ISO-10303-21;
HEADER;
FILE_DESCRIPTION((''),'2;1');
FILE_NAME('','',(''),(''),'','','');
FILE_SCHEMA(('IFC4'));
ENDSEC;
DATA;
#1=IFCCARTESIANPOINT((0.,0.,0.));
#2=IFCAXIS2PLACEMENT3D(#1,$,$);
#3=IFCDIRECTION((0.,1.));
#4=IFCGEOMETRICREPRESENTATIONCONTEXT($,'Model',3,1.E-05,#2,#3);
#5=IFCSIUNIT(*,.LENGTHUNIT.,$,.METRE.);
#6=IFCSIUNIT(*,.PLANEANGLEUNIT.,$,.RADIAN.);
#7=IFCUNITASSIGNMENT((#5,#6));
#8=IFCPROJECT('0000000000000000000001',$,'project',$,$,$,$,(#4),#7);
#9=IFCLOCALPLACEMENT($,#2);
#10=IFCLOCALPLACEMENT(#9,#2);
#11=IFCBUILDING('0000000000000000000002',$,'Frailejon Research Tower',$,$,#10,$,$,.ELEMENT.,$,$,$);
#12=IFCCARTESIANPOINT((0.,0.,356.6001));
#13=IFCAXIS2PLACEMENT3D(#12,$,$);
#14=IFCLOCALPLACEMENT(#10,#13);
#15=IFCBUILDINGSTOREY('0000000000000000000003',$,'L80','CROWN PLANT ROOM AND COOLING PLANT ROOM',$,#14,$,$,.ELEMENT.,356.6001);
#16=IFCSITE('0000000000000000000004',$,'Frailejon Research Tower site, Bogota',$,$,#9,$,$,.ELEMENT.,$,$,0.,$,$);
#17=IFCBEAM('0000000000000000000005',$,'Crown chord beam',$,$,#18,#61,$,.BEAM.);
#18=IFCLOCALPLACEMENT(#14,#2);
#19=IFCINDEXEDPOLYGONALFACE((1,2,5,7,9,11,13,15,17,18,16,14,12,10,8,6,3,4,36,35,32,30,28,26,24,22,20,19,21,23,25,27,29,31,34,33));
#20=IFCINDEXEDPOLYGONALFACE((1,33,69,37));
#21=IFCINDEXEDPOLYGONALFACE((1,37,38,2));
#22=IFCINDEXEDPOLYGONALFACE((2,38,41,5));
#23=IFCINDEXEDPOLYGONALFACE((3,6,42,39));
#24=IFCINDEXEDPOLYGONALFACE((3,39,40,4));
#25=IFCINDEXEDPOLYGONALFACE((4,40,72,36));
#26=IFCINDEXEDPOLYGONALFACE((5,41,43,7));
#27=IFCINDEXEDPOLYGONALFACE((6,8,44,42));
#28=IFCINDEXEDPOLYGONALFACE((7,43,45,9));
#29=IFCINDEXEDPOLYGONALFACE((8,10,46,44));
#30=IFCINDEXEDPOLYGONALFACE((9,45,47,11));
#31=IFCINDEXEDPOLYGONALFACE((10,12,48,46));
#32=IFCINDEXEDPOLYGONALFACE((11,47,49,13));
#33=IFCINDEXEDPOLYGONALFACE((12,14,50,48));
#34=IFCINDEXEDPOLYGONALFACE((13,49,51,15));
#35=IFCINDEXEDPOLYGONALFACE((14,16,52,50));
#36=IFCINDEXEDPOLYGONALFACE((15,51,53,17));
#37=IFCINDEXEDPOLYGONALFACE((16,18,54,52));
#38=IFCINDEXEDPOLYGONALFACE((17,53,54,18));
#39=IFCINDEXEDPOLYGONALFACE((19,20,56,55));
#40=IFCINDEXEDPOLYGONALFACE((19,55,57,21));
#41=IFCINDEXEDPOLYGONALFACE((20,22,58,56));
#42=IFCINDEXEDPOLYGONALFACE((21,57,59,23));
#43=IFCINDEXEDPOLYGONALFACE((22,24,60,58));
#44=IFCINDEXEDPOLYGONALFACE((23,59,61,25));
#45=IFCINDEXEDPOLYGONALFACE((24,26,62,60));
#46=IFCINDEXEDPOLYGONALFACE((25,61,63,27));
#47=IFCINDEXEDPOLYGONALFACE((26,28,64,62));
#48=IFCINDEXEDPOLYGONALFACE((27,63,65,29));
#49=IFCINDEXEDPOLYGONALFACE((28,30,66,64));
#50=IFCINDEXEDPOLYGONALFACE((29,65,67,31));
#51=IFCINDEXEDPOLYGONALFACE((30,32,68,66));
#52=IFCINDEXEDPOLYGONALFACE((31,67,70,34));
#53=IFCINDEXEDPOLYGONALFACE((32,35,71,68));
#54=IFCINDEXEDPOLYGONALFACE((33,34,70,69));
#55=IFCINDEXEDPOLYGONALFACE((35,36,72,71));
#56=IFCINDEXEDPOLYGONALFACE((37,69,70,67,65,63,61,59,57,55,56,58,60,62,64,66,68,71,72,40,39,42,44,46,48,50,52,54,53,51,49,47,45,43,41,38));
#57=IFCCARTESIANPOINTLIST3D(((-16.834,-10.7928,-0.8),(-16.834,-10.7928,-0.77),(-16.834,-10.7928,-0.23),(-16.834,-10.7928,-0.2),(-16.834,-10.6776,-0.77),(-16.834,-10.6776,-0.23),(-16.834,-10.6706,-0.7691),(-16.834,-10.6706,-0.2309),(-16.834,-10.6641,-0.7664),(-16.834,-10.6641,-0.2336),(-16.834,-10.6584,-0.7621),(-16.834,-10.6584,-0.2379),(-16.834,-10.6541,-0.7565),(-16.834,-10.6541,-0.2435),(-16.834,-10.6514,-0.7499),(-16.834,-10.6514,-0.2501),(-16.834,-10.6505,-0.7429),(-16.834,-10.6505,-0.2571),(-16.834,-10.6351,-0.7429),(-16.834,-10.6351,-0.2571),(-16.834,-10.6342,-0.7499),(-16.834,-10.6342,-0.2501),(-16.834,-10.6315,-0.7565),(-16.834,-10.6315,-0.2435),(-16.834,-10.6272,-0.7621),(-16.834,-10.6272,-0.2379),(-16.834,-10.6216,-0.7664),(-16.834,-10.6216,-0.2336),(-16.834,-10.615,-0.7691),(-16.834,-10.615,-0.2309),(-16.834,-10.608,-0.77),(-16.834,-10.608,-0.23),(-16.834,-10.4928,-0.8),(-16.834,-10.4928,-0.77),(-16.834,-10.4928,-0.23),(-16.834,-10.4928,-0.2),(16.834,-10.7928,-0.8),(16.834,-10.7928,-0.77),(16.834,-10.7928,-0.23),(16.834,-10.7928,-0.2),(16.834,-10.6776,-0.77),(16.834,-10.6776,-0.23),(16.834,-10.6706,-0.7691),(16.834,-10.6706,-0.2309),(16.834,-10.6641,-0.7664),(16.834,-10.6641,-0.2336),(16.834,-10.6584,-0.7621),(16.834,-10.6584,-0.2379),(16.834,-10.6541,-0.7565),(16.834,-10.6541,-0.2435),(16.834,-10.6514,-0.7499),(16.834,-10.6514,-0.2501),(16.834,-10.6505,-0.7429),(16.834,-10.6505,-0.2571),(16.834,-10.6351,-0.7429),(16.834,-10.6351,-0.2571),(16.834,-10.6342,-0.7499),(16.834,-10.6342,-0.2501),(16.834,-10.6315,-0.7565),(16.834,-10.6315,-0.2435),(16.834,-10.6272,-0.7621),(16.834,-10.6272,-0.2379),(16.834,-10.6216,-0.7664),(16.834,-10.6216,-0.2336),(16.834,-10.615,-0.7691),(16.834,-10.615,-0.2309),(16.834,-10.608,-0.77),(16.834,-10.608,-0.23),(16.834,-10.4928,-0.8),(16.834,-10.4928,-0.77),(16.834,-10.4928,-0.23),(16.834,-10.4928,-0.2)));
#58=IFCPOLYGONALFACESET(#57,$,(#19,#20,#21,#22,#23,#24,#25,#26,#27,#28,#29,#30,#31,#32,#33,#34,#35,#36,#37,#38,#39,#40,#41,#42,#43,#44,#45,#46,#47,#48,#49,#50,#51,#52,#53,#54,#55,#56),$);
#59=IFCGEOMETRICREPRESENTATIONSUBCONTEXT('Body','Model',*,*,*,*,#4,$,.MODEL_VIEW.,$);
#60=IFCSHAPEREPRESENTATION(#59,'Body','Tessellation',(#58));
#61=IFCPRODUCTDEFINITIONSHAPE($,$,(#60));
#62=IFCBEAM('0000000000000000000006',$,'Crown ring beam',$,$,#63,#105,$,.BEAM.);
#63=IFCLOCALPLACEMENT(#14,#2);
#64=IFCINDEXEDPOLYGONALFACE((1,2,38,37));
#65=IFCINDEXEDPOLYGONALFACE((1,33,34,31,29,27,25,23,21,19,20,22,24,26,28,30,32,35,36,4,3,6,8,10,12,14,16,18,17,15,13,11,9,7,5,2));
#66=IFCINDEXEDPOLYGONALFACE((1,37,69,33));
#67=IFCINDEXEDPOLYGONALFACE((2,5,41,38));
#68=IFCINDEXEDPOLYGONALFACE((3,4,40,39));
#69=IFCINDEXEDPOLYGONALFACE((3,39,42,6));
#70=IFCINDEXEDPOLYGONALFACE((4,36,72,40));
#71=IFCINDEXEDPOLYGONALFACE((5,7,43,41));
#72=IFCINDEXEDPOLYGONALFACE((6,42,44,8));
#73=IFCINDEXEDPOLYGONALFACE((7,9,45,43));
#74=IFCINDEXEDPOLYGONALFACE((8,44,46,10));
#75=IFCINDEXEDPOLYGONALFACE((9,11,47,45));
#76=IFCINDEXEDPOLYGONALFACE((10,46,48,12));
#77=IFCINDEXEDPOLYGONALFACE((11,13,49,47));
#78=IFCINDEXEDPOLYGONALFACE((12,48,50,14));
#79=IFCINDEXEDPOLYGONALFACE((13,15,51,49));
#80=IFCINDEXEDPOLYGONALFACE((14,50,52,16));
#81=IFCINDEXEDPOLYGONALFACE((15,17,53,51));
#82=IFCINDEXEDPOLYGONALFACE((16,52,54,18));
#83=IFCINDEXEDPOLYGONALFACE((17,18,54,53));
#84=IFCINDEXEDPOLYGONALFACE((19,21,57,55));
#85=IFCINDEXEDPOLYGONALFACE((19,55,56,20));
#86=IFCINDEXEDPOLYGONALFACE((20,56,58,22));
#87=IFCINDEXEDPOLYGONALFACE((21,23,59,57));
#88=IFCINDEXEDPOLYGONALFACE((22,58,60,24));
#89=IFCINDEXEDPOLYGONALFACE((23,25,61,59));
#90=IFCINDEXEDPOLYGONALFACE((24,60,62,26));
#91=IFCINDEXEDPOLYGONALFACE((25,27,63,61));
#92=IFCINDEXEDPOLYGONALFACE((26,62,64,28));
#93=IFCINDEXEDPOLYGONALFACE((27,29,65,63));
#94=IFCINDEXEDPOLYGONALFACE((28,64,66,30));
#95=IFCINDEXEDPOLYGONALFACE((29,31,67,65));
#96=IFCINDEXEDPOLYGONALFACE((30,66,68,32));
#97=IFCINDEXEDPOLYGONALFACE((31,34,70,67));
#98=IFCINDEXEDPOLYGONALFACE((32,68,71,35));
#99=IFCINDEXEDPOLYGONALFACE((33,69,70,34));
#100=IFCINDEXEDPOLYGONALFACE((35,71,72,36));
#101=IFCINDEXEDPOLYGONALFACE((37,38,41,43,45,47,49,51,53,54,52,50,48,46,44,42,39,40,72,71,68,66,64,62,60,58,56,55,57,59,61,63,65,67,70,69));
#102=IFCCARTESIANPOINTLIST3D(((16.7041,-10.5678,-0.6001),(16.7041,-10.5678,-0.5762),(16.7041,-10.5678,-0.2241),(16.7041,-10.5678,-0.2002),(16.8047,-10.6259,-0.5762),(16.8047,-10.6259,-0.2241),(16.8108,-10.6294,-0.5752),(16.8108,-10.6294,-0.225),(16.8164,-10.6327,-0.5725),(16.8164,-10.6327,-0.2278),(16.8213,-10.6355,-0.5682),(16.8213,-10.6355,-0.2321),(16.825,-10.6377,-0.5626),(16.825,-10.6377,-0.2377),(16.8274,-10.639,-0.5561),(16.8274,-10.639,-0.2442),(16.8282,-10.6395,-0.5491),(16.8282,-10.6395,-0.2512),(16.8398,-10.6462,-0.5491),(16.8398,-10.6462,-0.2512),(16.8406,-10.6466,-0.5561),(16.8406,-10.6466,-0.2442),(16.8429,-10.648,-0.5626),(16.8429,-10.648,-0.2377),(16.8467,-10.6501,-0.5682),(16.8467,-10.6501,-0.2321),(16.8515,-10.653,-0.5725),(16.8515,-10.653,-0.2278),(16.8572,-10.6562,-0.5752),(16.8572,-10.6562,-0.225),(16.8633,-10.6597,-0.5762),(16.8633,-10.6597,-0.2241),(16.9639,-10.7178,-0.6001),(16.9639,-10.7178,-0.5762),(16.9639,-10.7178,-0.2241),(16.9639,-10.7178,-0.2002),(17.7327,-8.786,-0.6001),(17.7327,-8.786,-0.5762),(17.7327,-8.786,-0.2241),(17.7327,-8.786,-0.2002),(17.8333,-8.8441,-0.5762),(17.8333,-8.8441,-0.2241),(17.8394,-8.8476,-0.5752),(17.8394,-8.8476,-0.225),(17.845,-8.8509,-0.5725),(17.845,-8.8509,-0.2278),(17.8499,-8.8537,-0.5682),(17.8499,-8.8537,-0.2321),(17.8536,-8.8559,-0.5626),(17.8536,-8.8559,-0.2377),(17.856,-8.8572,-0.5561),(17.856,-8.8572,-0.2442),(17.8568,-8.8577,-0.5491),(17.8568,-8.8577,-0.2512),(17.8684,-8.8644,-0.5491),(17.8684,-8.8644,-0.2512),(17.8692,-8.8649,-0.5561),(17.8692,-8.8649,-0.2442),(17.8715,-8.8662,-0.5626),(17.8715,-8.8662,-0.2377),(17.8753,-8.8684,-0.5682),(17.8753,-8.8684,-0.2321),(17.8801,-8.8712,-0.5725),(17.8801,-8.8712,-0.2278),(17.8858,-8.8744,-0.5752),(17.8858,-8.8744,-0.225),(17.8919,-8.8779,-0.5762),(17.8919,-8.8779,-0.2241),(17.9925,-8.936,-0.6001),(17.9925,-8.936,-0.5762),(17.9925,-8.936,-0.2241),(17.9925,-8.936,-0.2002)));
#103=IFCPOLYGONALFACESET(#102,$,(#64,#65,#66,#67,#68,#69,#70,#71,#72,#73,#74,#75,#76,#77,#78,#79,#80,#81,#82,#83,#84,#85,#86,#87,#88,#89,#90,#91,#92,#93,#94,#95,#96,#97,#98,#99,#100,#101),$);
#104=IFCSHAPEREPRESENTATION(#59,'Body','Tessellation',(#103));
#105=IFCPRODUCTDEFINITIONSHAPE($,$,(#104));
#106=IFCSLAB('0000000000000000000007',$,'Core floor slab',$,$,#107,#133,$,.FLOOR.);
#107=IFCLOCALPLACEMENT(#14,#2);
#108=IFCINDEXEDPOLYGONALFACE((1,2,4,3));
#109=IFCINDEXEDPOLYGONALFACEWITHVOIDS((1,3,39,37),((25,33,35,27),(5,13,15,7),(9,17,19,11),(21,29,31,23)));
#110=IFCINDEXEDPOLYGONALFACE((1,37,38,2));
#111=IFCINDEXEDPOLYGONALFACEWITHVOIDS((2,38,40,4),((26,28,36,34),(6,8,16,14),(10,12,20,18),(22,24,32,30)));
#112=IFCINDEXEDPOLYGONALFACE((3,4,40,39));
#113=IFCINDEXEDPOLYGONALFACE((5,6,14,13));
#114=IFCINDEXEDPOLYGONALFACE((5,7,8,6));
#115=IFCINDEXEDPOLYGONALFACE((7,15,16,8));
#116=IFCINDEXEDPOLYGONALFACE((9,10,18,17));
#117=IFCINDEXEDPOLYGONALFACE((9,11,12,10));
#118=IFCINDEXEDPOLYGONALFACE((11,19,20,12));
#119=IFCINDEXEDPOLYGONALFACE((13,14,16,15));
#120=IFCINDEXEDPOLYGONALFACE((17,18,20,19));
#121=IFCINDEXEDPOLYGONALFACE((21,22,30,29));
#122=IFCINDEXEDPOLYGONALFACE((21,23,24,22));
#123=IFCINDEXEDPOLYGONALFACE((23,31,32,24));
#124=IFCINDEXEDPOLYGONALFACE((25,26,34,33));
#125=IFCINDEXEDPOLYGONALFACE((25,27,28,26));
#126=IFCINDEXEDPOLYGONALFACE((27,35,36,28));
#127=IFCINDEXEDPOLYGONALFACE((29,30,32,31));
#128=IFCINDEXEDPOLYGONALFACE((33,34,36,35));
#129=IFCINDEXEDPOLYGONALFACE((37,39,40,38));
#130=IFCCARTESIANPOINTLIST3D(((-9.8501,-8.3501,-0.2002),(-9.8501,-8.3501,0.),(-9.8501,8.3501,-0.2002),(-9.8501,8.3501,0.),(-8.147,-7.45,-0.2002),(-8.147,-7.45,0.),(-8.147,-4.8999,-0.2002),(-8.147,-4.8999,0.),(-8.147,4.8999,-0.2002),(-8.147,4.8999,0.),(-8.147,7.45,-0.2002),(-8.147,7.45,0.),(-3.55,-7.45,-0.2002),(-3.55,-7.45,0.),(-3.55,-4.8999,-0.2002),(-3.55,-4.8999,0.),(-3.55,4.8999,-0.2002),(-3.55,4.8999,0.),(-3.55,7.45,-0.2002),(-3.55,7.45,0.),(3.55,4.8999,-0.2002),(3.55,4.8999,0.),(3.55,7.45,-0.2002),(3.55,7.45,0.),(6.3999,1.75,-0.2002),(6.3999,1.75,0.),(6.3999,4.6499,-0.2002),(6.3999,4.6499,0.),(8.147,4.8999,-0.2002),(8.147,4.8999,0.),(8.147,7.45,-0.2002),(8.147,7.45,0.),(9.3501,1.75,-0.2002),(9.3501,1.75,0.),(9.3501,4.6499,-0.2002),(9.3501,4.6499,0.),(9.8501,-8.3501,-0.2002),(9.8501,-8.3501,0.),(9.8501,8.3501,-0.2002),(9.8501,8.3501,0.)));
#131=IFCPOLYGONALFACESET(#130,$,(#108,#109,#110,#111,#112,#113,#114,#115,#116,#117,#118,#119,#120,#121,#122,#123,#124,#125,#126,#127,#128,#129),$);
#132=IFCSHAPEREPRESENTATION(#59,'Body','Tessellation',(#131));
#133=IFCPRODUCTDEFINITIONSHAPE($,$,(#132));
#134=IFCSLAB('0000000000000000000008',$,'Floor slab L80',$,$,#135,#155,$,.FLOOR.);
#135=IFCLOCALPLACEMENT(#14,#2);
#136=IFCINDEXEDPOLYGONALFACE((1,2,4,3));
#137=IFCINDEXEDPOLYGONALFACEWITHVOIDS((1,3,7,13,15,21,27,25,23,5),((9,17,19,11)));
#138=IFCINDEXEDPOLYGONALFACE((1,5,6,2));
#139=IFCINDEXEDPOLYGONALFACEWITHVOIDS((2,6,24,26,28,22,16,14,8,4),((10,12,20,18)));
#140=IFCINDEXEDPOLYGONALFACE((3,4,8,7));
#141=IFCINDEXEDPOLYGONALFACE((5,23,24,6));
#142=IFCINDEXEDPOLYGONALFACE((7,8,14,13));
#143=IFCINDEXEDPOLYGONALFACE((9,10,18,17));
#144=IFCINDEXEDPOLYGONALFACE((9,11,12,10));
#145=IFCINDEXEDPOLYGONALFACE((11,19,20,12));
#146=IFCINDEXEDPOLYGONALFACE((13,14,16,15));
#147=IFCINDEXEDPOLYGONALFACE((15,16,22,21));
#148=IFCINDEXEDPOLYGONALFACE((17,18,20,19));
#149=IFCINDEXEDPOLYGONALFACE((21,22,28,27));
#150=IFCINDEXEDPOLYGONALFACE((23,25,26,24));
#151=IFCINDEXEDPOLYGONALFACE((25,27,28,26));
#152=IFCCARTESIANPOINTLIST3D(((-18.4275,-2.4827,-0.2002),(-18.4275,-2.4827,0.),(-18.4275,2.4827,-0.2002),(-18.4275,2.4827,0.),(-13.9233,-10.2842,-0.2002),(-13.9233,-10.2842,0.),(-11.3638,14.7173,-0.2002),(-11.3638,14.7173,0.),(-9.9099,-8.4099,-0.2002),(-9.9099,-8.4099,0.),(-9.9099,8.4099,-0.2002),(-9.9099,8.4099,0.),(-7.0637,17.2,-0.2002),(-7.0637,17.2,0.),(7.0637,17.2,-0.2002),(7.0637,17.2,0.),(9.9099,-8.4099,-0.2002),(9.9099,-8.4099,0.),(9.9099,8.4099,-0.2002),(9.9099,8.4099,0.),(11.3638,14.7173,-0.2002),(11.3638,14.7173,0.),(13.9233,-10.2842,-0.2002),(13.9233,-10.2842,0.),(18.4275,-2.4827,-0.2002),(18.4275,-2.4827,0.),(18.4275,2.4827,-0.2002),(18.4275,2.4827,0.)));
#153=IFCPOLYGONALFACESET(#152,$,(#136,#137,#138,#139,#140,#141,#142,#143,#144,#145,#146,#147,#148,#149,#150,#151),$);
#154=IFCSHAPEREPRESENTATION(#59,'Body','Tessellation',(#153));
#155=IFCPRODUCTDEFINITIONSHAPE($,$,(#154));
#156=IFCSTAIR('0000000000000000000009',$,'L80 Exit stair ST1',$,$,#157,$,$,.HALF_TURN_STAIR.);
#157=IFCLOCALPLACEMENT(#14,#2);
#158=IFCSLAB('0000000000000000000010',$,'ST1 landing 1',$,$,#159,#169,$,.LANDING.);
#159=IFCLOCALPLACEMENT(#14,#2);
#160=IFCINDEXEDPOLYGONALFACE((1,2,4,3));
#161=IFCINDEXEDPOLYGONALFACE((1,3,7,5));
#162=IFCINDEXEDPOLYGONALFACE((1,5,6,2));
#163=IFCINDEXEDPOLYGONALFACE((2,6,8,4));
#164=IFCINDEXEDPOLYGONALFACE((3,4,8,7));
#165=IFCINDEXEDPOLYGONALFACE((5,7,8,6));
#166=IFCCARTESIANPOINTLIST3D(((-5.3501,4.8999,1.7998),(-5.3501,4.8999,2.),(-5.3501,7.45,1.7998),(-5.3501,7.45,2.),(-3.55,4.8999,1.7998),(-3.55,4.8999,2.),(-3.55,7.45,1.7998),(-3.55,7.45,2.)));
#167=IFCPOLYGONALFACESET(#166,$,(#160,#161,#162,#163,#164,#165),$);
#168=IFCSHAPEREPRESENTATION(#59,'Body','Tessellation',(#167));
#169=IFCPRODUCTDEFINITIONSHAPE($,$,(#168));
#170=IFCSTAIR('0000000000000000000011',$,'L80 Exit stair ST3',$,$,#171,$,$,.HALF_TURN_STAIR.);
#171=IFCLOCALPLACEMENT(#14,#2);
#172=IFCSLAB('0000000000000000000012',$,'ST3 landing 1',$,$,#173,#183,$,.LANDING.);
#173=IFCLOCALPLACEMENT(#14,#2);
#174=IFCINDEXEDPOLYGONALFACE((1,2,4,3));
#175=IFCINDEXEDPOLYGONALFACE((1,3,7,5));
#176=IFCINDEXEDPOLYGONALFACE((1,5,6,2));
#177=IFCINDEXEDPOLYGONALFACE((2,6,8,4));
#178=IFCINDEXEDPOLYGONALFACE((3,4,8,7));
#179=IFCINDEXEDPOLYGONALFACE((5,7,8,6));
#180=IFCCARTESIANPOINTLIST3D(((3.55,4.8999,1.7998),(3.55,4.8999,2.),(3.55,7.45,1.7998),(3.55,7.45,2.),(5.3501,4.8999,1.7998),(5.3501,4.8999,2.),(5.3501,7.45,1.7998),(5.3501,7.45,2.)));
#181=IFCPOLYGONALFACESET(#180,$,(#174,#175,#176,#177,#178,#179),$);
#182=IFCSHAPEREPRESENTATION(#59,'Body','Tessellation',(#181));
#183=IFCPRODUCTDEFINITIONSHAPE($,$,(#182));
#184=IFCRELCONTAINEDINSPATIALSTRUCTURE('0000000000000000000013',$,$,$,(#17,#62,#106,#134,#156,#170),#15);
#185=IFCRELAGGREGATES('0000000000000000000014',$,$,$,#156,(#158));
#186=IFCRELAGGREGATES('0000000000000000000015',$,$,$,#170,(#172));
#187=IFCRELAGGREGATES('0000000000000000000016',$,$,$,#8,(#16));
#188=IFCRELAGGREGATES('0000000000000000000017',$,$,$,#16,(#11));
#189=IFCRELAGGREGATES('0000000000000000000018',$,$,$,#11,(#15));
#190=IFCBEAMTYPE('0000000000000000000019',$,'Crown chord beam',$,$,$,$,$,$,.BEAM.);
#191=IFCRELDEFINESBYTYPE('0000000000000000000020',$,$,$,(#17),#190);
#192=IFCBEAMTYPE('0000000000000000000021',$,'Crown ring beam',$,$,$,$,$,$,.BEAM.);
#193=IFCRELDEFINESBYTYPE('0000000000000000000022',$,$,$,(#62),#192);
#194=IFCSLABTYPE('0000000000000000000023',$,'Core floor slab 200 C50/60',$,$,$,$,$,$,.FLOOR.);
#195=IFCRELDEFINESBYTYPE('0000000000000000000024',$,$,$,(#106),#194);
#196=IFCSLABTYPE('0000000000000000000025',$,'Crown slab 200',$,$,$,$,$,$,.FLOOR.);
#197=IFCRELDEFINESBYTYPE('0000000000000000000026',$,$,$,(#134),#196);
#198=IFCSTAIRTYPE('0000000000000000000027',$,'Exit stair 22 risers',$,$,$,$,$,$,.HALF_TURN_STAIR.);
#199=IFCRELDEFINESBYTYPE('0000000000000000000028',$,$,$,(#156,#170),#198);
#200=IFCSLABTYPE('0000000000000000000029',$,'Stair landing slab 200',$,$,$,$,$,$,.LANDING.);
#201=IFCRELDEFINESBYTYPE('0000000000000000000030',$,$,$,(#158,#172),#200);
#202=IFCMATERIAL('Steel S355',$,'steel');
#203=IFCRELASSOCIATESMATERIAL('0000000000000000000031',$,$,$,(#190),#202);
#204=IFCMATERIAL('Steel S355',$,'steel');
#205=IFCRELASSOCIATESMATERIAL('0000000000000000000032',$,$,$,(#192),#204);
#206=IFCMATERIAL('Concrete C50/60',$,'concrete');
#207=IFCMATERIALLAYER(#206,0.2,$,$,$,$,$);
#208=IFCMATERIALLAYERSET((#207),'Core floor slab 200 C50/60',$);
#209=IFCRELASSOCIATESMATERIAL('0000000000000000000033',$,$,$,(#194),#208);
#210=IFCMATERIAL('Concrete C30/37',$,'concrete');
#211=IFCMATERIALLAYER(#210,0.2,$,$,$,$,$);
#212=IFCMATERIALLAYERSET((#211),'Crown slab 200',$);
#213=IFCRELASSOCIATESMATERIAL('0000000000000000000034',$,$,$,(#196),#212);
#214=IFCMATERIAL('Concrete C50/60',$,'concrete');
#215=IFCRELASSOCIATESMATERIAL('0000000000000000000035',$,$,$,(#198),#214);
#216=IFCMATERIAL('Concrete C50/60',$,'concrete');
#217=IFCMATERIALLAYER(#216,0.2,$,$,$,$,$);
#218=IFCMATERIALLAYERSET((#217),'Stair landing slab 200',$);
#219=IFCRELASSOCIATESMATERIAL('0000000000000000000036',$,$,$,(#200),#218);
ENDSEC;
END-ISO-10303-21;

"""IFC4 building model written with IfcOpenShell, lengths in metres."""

from ifc_helpers import new_model, si_unit, direction, frame, origin, origin_2d, place, context, subcontext, project, spatial, polyline, i_section, outline, extrude, material, layer, layer_set, material_profile, profile_set, type_object, element, aggregate, save


model = new_model("IFC4")

# Units and contexts
model_context = context("Model", 3, precision=1e-05, world=origin(), true_north=direction((0.0, 1.0)))
body_context = subcontext(model_context, "Body", "Model", "MODEL_VIEW")
ifc_project = project(units=[si_unit("LENGTHUNIT", "METRE"), si_unit("PLANEANGLEUNIT", "RADIAN")], contexts=[model_context])

# Site, building, storey
site_placement = place(None, origin())
site = spatial("IfcSite", under=ifc_project, at=site_placement, Name="Frailejon Research Tower site, Bogota", CompositionType="ELEMENT", RefElevation=0.0)
building_placement = place(site_placement, origin())
building = spatial("IfcBuilding", under=site, at=building_placement, Name="Frailejon Research Tower", CompositionType="ELEMENT")
storey_placement = place(building_placement, frame((0.0, 0.0, 356.6001)))
storey = spatial("IfcBuildingStorey", under=building, at=storey_placement, Name="L80", Description="CROWN PLANT ROOM AND COOLING PLANT ROOM", CompositionType="ELEMENT", Elevation=356.6001)

# Beams
ifc_material_1 = material(Name="Steel S355", Category="steel")
ifc_material_profile_1 = material_profile(ifc_material_1, i_section(OverallWidth=0.3, OverallDepth=0.6001, WebThickness=0.0154, FlangeThickness=0.03, FilletRadius=0.0271, at=origin_2d()), Name="HE 600 B")
ifc_profile_set_1 = profile_set([ifc_material_profile_1], Name="Steel S355")
beam_type_1 = type_object("IfcBeamType", Name="Crown chord beam", PredefinedType="BEAM", material=ifc_profile_set_1)
beam_1_placement = place(storey_placement, frame((16.834, -10.6428, -0.5), z_axis=(-1.0, 0.0, 0.0), x_axis=(0.0, -1.0, 0.0)))
element("IfcBeam", 1, at=beam_1_placement, inside=storey, type_object=beam_type_1, Name="Crown chord beam", PredefinedType="BEAM", context=body_context, shape_type="SweptSolid", body=[
    extrude(i_section(OverallWidth=0.3, OverallDepth=0.6001, WebThickness=0.0154, FlangeThickness=0.03, FilletRadius=0.0271, at=origin_2d()), origin(), (0.0, 0.0, 1.0), 33.668),
])
ifc_material_2 = material(Name="Steel S355", Category="steel")
ifc_material_profile_2 = material_profile(ifc_material_2, i_section(OverallWidth=0.3, OverallDepth=0.3999, WebThickness=0.0134, FlangeThickness=0.0239, FilletRadius=0.0271, at=origin_2d()), Name="HE 400 B")
ifc_profile_set_2 = profile_set([ifc_material_profile_2], Name="Steel S355")
beam_type_2 = type_object("IfcBeamType", Name="Crown ring beam", PredefinedType="BEAM", material=ifc_profile_set_2)
beam_2_placement = place(storey_placement, frame((16.834, -10.6428, -0.4001), z_axis=(0.499955, 0.866051, 0.0), x_axis=(-0.866051, 0.499955, 0.0)))
element("IfcBeam", 2, at=beam_2_placement, inside=storey, type_object=beam_type_2, Name="Crown ring beam", PredefinedType="BEAM", context=body_context, shape_type="SweptSolid", body=[
    extrude(i_section(OverallWidth=0.3, OverallDepth=0.3999, WebThickness=0.0134, FlangeThickness=0.0239, FilletRadius=0.0271, at=origin_2d()), origin(), (0.0, 0.0, 1.0), 2.0574),
])

# Slabs
ifc_material_3 = material(Name="Concrete C50/60", Category="concrete")
ifc_layer_1 = layer(ifc_material_3, 0.2)
ifc_layer_set_1 = layer_set([ifc_layer_1], Name="Core floor slab 200 C50/60")
slab_type_1 = type_object("IfcSlabType", Name="Core floor slab 200 C50/60", PredefinedType="FLOOR", material=ifc_layer_set_1)
slab_1_placement = place(storey_placement, frame((0.0, 0.0, -0.2002)))
element("IfcSlab", 3, at=slab_1_placement, inside=storey, type_object=slab_type_1, Name="Core floor slab", PredefinedType="FLOOR", context=body_context, shape_type="SweptSolid", body=[
    extrude(outline(polyline([(-9.8501, -8.3501), (-9.8501, 8.3501), (9.8501, 8.3501), (9.8501, -8.3501), (-9.8501, -8.3501)]), holes=[polyline([(9.3501, 1.75), (9.3501, 4.6499), (6.3999, 4.6499), (6.3999, 1.75), (9.3501, 1.75)]), polyline([(-8.147, 4.8999), (-3.55, 4.8999), (-3.55, 7.45), (-8.147, 7.45), (-8.147, 4.8999)]), polyline([(-8.147, -7.45), (-3.55, -7.45), (-3.55, -4.8999), (-8.147, -4.8999), (-8.147, -7.45)]), polyline([(8.147, 7.45), (3.55, 7.45), (3.55, 4.8999), (8.147, 4.8999), (8.147, 7.45)])]), origin(), (0.0, 0.0, 1.0), 0.2002),
])
ifc_material_4 = material(Name="Concrete C30/37", Category="concrete")
ifc_layer_2 = layer(ifc_material_4, 0.2)
ifc_layer_set_2 = layer_set([ifc_layer_2], Name="Crown slab 200")
slab_type_2 = type_object("IfcSlabType", Name="Crown slab 200", PredefinedType="FLOOR", material=ifc_layer_set_2)
slab_2_placement = place(storey_placement, frame((0.0, 0.0, -0.2002)))
element("IfcSlab", 4, at=slab_2_placement, inside=storey, type_object=slab_type_2, Name="Floor slab L80", PredefinedType="FLOOR", context=body_context, shape_type="SweptSolid", body=[
    extrude(outline(polyline([(-11.3638, 14.7173), (-18.4275, 2.4827), (-18.4275, -2.4827), (-13.9233, -10.2842), (13.9233, -10.2842), (18.4275, -2.4827), (18.4275, 2.4827), (11.3638, 14.7173), (7.0637, 17.2), (-7.0637, 17.2), (-11.3638, 14.7173)]), holes=[polyline([(9.9099, 8.4099), (9.9099, -8.4099), (-9.9099, -8.4099), (-9.9099, 8.4099), (9.9099, 8.4099)])]), origin(), (0.0, 0.0, 1.0), 0.2002),
])

# Stairs, slabs
ifc_material_5 = material(Name="Concrete C50/60", Category="concrete")
stair_type = type_object("IfcStairType", Name="Exit stair 22 risers", PredefinedType="HALF_TURN_STAIR", material=ifc_material_5)
stair_1_placement = place(storey_placement, origin())
stair_1 = element("IfcStair", 5, at=stair_1_placement, inside=storey, type_object=stair_type, Name="L80 Exit stair ST1", PredefinedType="HALF_TURN_STAIR")
ifc_material_6 = material(Name="Concrete C50/60", Category="concrete")
ifc_layer_3 = layer(ifc_material_6, 0.2)
ifc_layer_set_3 = layer_set([ifc_layer_3], Name="Stair landing slab 200")
slab_type_3 = type_object("IfcSlabType", Name="Stair landing slab 200", PredefinedType="LANDING", material=ifc_layer_set_3)
slab_3_placement = place(storey_placement, frame((0.0, 0.0, 1.7998)))
slab_3 = element("IfcSlab", 6, at=slab_3_placement, type_object=slab_type_3, Name="ST1 landing 1", PredefinedType="LANDING", context=body_context, shape_type="SweptSolid", body=[
    extrude(outline(polyline([(-5.3501, 4.8999), (-3.55, 4.8999), (-3.55, 7.45), (-5.3501, 7.45), (-5.3501, 4.8999)])), origin(), (0.0, 0.0, 1.0), 0.2002),
])
aggregate(stair_1, [slab_3])
stair_2_placement = place(storey_placement, origin())
stair_2 = element("IfcStair", 7, at=stair_2_placement, inside=storey, type_object=stair_type, Name="L80 Exit stair ST3", PredefinedType="HALF_TURN_STAIR")
slab_4_placement = place(storey_placement, frame((0.0, 0.0, 1.7998)))
slab_4 = element("IfcSlab", 8, at=slab_4_placement, type_object=slab_type_3, Name="ST3 landing 1", PredefinedType="LANDING", context=body_context, shape_type="SweptSolid", body=[
    extrude(outline(polyline([(5.3501, 7.45), (3.55, 7.45), (3.55, 4.8999), (5.3501, 4.8999), (5.3501, 7.45)])), origin(), (0.0, 0.0, 1.0), 0.2002),
])

aggregate(stair_2, [slab_4])

save(model, "model.ifc")
